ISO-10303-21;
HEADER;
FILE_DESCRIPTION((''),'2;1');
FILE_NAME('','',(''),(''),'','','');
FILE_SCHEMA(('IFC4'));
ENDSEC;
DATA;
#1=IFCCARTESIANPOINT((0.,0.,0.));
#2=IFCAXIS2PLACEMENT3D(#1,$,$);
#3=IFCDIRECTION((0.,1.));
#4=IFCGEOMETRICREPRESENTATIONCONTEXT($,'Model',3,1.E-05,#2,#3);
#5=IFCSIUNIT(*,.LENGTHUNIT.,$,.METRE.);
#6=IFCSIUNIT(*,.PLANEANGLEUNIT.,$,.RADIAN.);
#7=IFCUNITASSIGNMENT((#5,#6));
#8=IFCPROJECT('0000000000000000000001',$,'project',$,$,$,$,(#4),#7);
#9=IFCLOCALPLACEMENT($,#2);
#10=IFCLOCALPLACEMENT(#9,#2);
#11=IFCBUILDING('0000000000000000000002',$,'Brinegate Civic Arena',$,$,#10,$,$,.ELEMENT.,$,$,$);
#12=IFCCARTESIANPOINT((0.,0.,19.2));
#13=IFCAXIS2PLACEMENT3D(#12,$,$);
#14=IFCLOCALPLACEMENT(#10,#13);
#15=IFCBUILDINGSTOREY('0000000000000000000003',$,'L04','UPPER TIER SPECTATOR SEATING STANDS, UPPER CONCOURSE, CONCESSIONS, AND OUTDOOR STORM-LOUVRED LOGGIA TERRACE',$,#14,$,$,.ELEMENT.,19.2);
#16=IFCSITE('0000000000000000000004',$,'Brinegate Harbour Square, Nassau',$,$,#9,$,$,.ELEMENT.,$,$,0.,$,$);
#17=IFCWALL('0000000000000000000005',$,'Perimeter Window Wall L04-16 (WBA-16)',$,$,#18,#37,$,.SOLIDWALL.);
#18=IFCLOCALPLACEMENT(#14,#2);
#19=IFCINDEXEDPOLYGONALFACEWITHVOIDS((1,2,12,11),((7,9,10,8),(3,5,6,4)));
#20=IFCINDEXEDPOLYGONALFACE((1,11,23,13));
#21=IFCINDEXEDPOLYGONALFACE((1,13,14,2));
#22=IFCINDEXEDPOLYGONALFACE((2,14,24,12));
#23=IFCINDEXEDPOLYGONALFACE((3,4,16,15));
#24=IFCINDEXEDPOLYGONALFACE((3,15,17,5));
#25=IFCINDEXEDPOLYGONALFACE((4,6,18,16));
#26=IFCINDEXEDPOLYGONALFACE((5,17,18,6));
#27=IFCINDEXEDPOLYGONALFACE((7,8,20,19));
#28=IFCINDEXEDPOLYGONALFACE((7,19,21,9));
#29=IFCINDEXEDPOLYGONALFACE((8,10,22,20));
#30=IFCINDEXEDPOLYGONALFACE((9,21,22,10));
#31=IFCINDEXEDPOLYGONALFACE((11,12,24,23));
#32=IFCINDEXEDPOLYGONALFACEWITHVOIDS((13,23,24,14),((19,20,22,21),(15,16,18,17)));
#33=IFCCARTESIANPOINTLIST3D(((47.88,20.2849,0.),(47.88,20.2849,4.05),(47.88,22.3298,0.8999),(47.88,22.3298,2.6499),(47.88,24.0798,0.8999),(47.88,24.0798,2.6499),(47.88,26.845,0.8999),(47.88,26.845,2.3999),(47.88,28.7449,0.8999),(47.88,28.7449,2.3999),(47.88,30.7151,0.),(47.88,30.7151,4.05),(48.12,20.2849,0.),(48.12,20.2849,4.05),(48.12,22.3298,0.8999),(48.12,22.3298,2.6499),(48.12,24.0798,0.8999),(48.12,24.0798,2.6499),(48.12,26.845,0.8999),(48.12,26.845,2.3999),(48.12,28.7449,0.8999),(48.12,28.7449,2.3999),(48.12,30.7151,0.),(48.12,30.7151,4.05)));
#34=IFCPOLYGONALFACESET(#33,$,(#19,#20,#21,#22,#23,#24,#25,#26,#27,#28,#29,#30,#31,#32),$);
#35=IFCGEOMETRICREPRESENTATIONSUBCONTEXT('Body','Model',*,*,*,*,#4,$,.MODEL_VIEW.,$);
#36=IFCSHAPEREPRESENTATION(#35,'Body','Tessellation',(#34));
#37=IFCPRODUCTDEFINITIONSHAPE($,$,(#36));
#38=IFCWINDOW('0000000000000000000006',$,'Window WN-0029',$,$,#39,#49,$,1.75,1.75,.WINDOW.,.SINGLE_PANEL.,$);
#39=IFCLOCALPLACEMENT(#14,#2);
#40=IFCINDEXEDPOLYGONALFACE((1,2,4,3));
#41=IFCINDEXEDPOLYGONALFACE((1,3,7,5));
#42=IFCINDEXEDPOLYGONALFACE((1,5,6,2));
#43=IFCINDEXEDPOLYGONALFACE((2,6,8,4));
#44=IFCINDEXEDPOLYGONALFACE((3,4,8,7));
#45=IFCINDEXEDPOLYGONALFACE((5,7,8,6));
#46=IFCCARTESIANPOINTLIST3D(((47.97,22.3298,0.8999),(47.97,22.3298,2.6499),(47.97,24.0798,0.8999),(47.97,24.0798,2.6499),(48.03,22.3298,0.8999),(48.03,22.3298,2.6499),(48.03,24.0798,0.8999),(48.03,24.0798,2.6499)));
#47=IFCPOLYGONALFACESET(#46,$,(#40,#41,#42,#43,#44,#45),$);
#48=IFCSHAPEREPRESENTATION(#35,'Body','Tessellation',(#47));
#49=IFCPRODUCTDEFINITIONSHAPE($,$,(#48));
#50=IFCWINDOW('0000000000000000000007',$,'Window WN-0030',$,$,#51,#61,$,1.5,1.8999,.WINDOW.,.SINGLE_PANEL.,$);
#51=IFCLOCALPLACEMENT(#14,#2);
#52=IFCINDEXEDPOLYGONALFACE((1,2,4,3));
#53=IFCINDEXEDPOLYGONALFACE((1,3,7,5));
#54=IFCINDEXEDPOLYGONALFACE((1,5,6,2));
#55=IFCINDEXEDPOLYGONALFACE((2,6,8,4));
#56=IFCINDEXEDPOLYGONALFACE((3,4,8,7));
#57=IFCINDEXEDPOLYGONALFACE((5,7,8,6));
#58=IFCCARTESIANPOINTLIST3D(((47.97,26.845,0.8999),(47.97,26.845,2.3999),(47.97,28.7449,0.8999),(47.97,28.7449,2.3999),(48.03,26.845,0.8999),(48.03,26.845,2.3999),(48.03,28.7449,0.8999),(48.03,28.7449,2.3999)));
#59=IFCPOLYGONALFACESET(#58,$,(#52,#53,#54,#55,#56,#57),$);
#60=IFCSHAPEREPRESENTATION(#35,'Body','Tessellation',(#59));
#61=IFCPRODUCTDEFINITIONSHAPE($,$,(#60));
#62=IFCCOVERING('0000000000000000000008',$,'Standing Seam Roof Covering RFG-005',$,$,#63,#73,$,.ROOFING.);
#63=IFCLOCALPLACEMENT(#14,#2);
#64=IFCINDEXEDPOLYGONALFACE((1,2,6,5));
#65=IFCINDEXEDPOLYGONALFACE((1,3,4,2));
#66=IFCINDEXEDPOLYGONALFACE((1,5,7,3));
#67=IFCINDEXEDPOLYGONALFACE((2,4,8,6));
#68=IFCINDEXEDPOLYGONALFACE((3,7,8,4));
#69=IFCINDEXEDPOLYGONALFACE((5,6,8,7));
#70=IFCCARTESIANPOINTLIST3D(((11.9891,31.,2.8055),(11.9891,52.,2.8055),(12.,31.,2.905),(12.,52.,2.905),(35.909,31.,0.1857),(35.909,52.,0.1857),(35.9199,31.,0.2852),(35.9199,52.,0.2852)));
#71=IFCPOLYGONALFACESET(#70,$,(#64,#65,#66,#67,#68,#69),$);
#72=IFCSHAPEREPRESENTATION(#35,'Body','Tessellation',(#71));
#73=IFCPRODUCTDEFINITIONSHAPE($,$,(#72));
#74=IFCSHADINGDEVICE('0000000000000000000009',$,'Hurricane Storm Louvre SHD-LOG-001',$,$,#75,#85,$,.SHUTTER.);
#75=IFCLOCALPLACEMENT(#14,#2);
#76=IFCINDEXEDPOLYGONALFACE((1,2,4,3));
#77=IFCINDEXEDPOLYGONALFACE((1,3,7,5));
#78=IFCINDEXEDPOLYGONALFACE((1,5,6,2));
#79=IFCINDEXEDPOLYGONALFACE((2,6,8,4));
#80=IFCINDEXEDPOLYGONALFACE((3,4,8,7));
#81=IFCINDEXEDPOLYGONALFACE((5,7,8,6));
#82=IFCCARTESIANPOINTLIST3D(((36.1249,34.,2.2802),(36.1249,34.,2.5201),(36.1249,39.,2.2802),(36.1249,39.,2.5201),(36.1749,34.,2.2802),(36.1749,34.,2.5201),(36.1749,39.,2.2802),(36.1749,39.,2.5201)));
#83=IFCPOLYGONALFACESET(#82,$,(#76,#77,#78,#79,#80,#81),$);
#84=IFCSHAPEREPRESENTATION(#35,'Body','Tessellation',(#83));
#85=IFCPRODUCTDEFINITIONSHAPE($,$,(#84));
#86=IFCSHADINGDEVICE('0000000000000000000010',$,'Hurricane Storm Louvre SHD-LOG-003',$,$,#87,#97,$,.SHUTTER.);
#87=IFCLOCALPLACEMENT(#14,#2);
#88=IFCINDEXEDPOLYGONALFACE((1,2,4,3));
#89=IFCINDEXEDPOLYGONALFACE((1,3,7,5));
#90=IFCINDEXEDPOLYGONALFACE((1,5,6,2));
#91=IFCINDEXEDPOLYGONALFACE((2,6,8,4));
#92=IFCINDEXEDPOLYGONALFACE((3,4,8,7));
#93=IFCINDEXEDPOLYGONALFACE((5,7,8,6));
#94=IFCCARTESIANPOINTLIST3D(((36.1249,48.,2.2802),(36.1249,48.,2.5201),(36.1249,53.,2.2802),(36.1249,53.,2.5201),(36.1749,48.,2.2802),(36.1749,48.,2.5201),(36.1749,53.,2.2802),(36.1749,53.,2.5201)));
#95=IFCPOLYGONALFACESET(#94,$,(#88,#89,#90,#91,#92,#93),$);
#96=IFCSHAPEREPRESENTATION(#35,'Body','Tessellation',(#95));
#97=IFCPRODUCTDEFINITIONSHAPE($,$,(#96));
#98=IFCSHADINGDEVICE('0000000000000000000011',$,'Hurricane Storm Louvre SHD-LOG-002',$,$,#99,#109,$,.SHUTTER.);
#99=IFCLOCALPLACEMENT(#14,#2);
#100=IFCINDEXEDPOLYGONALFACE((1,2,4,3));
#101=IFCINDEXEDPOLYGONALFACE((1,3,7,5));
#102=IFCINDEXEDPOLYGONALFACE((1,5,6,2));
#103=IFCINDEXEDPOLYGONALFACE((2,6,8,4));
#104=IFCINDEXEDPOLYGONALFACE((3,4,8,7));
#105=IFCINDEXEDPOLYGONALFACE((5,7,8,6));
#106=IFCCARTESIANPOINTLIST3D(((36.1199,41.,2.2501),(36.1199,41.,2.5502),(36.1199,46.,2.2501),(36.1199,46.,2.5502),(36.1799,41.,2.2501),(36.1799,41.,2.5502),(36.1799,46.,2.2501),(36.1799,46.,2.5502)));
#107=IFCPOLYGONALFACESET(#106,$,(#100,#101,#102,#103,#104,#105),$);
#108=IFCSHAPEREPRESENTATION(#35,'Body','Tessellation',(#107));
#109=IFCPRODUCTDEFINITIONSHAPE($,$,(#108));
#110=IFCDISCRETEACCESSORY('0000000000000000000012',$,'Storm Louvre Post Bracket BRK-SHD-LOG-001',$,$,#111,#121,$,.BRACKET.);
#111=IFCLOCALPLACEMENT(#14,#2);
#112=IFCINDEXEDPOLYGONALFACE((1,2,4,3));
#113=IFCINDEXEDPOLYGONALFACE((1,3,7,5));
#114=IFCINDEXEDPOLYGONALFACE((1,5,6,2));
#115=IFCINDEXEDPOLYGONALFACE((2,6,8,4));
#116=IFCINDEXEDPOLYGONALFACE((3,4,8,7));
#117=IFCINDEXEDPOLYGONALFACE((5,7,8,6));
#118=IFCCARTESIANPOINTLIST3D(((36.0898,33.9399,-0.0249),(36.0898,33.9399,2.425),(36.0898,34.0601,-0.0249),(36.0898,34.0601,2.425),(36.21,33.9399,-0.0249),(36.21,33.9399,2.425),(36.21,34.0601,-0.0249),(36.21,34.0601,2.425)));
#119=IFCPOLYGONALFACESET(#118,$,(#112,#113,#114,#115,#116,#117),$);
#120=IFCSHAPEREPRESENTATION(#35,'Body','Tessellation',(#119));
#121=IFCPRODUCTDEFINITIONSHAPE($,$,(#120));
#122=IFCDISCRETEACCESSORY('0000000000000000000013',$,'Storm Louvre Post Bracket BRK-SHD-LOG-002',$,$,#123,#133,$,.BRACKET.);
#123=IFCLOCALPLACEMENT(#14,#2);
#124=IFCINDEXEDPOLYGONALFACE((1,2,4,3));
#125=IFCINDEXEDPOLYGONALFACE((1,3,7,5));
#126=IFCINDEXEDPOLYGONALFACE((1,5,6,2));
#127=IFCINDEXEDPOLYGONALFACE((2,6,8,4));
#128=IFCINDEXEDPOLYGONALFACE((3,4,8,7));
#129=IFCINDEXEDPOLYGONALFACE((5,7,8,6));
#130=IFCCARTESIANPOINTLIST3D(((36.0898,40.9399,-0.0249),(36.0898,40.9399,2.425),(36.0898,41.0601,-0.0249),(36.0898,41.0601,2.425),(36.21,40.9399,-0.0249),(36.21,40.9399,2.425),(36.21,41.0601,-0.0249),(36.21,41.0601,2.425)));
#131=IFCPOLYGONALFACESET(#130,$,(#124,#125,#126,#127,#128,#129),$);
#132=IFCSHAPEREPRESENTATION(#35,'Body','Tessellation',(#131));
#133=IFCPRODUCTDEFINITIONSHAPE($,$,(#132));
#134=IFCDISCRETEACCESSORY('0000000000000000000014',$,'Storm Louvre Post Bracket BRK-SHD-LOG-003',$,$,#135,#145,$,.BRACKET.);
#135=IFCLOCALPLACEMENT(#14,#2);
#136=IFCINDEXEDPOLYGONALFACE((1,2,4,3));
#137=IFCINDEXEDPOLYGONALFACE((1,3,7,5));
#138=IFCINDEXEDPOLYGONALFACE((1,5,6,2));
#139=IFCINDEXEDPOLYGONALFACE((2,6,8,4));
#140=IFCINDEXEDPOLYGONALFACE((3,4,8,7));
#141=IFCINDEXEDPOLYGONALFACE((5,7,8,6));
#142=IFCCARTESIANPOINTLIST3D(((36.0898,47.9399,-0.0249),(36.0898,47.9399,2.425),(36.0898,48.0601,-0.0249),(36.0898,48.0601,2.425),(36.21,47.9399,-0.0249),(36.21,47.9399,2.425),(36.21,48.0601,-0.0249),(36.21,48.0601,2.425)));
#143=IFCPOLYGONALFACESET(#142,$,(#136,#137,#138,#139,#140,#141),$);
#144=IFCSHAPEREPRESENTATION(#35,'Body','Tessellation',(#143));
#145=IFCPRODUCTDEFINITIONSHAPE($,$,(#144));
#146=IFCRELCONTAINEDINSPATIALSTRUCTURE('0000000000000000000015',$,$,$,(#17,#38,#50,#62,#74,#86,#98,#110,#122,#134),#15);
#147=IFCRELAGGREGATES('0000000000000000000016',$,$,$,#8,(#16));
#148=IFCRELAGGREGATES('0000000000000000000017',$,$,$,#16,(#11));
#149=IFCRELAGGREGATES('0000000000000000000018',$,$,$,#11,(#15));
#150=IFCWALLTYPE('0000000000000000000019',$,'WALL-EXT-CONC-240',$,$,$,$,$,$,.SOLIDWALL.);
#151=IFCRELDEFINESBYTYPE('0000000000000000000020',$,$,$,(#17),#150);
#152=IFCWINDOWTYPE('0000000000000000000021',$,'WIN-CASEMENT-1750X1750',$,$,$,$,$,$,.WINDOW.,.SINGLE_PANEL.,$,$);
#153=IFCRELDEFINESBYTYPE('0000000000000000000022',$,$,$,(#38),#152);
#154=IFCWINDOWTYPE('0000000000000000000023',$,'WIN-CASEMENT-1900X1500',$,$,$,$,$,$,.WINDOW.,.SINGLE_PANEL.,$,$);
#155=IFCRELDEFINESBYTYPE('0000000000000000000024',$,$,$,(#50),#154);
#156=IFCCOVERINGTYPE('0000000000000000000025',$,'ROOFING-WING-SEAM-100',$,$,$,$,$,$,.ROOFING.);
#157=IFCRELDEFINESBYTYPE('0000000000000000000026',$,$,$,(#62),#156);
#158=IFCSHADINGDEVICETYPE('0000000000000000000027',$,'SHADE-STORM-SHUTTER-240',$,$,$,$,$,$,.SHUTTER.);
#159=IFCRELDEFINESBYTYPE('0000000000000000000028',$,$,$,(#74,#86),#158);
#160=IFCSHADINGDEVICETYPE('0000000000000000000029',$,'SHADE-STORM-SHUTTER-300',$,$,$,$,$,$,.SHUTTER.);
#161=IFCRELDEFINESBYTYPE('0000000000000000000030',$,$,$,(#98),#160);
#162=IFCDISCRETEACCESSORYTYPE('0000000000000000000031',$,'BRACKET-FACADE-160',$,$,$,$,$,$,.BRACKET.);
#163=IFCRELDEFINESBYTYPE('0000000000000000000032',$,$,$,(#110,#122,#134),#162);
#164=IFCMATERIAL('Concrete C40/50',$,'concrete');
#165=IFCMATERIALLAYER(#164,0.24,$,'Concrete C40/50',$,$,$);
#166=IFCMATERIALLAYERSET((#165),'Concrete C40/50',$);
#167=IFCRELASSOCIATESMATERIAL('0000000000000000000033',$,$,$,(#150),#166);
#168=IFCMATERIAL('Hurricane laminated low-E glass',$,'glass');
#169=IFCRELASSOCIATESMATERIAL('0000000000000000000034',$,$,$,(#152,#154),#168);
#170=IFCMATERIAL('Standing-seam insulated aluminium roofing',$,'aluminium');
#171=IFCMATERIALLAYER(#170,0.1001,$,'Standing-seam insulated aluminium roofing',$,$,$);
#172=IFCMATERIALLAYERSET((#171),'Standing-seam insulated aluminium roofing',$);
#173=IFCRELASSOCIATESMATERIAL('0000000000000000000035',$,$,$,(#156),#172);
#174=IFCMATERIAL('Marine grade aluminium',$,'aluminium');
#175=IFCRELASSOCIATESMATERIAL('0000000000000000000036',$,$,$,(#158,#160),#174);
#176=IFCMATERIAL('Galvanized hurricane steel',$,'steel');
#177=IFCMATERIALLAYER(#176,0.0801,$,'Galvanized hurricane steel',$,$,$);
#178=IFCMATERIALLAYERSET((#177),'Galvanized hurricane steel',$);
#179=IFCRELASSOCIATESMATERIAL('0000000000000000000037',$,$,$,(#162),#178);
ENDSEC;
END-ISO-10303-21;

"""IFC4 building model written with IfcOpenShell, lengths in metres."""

from ifc_helpers import new_model, si_unit, direction, frame, frame_2d, origin, origin_2d, place, context, subcontext, project, spatial, polyline, rectangle, outline, extrude, material, layer, layer_set, material_profile, profile_set, type_object, element, fill, save


model = new_model("IFC4")

# Units and contexts
model_context = context("Model", 3, precision=1e-05, world=origin(), true_north=direction((0.0, 1.0)))
body_context = subcontext(model_context, "Body", "Model", "MODEL_VIEW")
ifc_project = project(units=[si_unit("LENGTHUNIT", "METRE"), si_unit("PLANEANGLEUNIT", "RADIAN")], contexts=[model_context])

# Site, building, storey
site_placement = place(None, origin())
site = spatial("IfcSite", under=ifc_project, at=site_placement, Name="Brinegate Harbour Square, Nassau", CompositionType="ELEMENT", RefElevation=0.0)
building_placement = place(site_placement, origin())
building = spatial("IfcBuilding", under=site, at=building_placement, Name="Brinegate Civic Arena", CompositionType="ELEMENT")
storey_placement = place(building_placement, frame((0.0, 0.0, 19.2)))
storey = spatial("IfcBuildingStorey", under=building, at=storey_placement, Name="L04", Description="UPPER TIER SPECTATOR SEATING STANDS, UPPER CONCOURSE, CONCESSIONS, AND OUTDOOR STORM-LOUVRED LOGGIA TERRACE", CompositionType="ELEMENT", Elevation=19.2)

# Shared definitions
ifc_material_1 = material(Name="Concrete C40/50", Category="concrete")

# Wall, openings, windows
ifc_layer_1 = layer(ifc_material_1, 0.24, Name="Concrete C40/50")
ifc_layer_set_1 = layer_set([ifc_layer_1], Name="Concrete C40/50")
wall_type = type_object("IfcWallType", Name="WALL-EXT-CONC-240", PredefinedType="SOLIDWALL", material=ifc_layer_set_1)
wall_placement = place(storey_placement, frame((48.0, 20.2849, 0.0), z_axis=(0.0, 0.0, 1.0), x_axis=(0.0, 1.0, 0.0)))
wall = element("IfcWall", 1, at=wall_placement, inside=storey, type_object=wall_type, Name="Perimeter Window Wall L04-16 (WBA-16)", PredefinedType="SOLIDWALL", context=body_context, shape_type="SweptSolid", body=[
    extrude(rectangle(XDim=10.4302, YDim=0.24, at=frame_2d((5.2151, 0.0))), origin(), (0.0, 0.0, 1.0), 4.05),
])
opening_1_placement = place(wall_placement, frame((2.0449, 0.0, 0.8999)))
opening_1 = element("IfcOpeningElement", 2, at=opening_1_placement, cuts=wall, PredefinedType="OPENING", context=body_context, shape_type="SweptSolid", body=[
    extrude(rectangle(XDim=1.75, YDim=1.75, at=frame_2d((0.875, 0.875))), frame((0.0, 0.1299, 0.0), z_axis=(0.0, -1.0, 0.0), x_axis=(1.0, 0.0, 0.0)), (0.0, 0.0, 1.0), 0.26),
])
opening_2_placement = place(wall_placement, frame((6.5601, 0.0, 0.8999)))
opening_2 = element("IfcOpeningElement", 3, at=opening_2_placement, cuts=wall, PredefinedType="OPENING", context=body_context, shape_type="SweptSolid", body=[
    extrude(rectangle(XDim=1.8999, YDim=1.5, at=frame_2d((0.95, 0.75))), frame((0.0, 0.1299, 0.0), z_axis=(0.0, -1.0, 0.0), x_axis=(1.0, 0.0, 0.0)), (0.0, 0.0, 1.0), 0.26),
])
ifc_material_2 = material(Name="Hurricane laminated low-E glass", Category="glass")
window_type_1 = type_object("IfcWindowType", Name="WIN-CASEMENT-1750X1750", PartitioningType="SINGLE_PANEL", PredefinedType="WINDOW", material=ifc_material_2)
window_1_placement = place(opening_1_placement, origin())
window_1 = element("IfcWindow", 4, at=window_1_placement, inside=storey, type_object=window_type_1, Name="Window WN-0029", OverallHeight=1.75, OverallWidth=1.75, PartitioningType="SINGLE_PANEL", PredefinedType="WINDOW", context=body_context, shape_type="SweptSolid", body=[
    extrude(rectangle(XDim=1.75, YDim=1.75, at=frame_2d((0.875, 0.875))), frame((0.0, 0.03, 0.0), z_axis=(0.0, -1.0, 0.0), x_axis=(1.0, 0.0, 0.0)), (0.0, 0.0, 1.0), 0.0601),
])
fill(opening_1, window_1)
window_type_2 = type_object("IfcWindowType", Name="WIN-CASEMENT-1900X1500", PartitioningType="SINGLE_PANEL", PredefinedType="WINDOW", material=ifc_material_2)
window_2_placement = place(opening_2_placement, origin())
window_2 = element("IfcWindow", 5, at=window_2_placement, inside=storey, type_object=window_type_2, Name="Window WN-0030", OverallHeight=1.5, OverallWidth=1.8999, PartitioningType="SINGLE_PANEL", PredefinedType="WINDOW", context=body_context, shape_type="SweptSolid", body=[
    extrude(rectangle(XDim=1.8999, YDim=1.5, at=frame_2d((0.95, 0.75))), frame((0.0, 0.03, 0.0), z_axis=(0.0, -1.0, 0.0), x_axis=(1.0, 0.0, 0.0)), (0.0, 0.0, 1.0), 0.0601),
])
fill(opening_2, window_2)

# Covering
ifc_material_3 = material(Name="Standing-seam insulated aluminium roofing", Category="aluminium")
ifc_layer_2 = layer(ifc_material_3, 0.1001, Name="Standing-seam insulated aluminium roofing")
ifc_layer_set_2 = layer_set([ifc_layer_2], Name="Standing-seam insulated aluminium roofing")
covering_type = type_object("IfcCoveringType", Name="ROOFING-WING-SEAM-100", PredefinedType="ROOFING", material=ifc_layer_set_2)
covering_placement = place(storey_placement, frame((12.0, 31.0, 2.905), z_axis=(0.108876, 0.0, 0.994055), x_axis=(0.994055, 0.0, -0.108876)))
element("IfcCovering", 6, at=covering_placement, inside=storey, type_object=covering_type, Name="Standing Seam Roof Covering RFG-005", PredefinedType="ROOFING", context=body_context, shape_type="SweptSolid", body=[
    extrude(outline(polyline([(0.0, 0.0), (24.063, 0.0), (24.063, 21.0), (0.0, 21.0), (0.0, 0.0)])), origin(), (0.0, 0.0, -1.0), 0.1001),
])

# Shading devices
ifc_material_4 = material(Name="Marine grade aluminium", Category="aluminium")
ifc_material_profile_1 = material_profile(ifc_material_4, rectangle(XDim=0.05, YDim=0.24, at=origin_2d()), Name="LVR50X240")
ifc_profile_set_1 = profile_set([ifc_material_profile_1], Name="Marine grade aluminium")
shading_device_type_1 = type_object("IfcShadingDeviceType", Name="SHADE-STORM-SHUTTER-240", PredefinedType="SHUTTER", material=ifc_profile_set_1)
for number, where, z_axis, x_axis, name in (
    (7, (36.1499, 34.0, 2.4001), (0.0, 1.0, 0.0), (-1.0, 0.0, 0.0), "Hurricane Storm Louvre SHD-LOG-001"),
    (8, (36.1499, 48.0, 2.4001), (0.0, 1.0, 0.0), (-1.0, 0.0, 0.0), "Hurricane Storm Louvre SHD-LOG-003"),
):
    element("IfcShadingDevice", number, at=place(storey_placement, frame(where, z_axis=z_axis, x_axis=x_axis)), inside=storey, type_object=shading_device_type_1, Name=name, PredefinedType="SHUTTER", context=body_context, shape_type="SweptSolid", body=[
        extrude(rectangle(XDim=0.05, YDim=0.24, at=origin_2d()), origin(), (0.0, 0.0, 1.0), 5.0),
    ])
ifc_material_profile_2 = material_profile(ifc_material_4, rectangle(XDim=0.0601, YDim=0.3, at=origin_2d()), Name="LVR60X300")
ifc_profile_set_2 = profile_set([ifc_material_profile_2], Name="Marine grade aluminium")
shading_device_type_2 = type_object("IfcShadingDeviceType", Name="SHADE-STORM-SHUTTER-300", PredefinedType="SHUTTER", material=ifc_profile_set_2)
shading_device_placement = place(storey_placement, frame((36.1499, 41.0, 2.4001), z_axis=(0.0, 1.0, 0.0), x_axis=(-1.0, 0.0, 0.0)))
element("IfcShadingDevice", 9, at=shading_device_placement, inside=storey, type_object=shading_device_type_2, Name="Hurricane Storm Louvre SHD-LOG-002", PredefinedType="SHUTTER", context=body_context, shape_type="SweptSolid", body=[
    extrude(rectangle(XDim=0.0601, YDim=0.3, at=origin_2d()), origin(), (0.0, 0.0, 1.0), 5.0),
])

# Discrete accessories
ifc_material_5 = material(Name="Galvanized hurricane steel", Category="steel")
ifc_layer_3 = layer(ifc_material_5, 0.0801, Name="Galvanized hurricane steel")
ifc_layer_set_3 = layer_set([ifc_layer_3], Name="Galvanized hurricane steel")
discrete_accessory_type = type_object("IfcDiscreteAccessoryType", Name="BRACKET-FACADE-160", PredefinedType="BRACKET", material=ifc_layer_set_3)
for number, where, z_axis, x_axis, name in (
    (10, (36.1499, 34.0, -0.0249), (0.0, 0.0, 1.0), (1.0, 0.0, 0.0), "Storm Louvre Post Bracket BRK-SHD-LOG-001"),
    (11, (36.1499, 41.0, -0.0249), (0.0, 0.0, 1.0), (1.0, 0.0, 0.0), "Storm Louvre Post Bracket BRK-SHD-LOG-002"),
    (12, (36.1499, 48.0, -0.0249), (0.0, 0.0, 1.0), (1.0, 0.0, 0.0), "Storm Louvre Post Bracket BRK-SHD-LOG-003"),
):
    element("IfcDiscreteAccessory", number, at=place(storey_placement, frame(where, z_axis=z_axis, x_axis=x_axis)), inside=storey, type_object=discrete_accessory_type, Name=name, PredefinedType="BRACKET", context=body_context, shape_type="SweptSolid", body=[
        extrude(rectangle(XDim=0.1201, YDim=0.1201, at=origin_2d()), origin(), (0.0, 0.0, 1.0), 2.45),
    ])

save(model, "model.ifc")
